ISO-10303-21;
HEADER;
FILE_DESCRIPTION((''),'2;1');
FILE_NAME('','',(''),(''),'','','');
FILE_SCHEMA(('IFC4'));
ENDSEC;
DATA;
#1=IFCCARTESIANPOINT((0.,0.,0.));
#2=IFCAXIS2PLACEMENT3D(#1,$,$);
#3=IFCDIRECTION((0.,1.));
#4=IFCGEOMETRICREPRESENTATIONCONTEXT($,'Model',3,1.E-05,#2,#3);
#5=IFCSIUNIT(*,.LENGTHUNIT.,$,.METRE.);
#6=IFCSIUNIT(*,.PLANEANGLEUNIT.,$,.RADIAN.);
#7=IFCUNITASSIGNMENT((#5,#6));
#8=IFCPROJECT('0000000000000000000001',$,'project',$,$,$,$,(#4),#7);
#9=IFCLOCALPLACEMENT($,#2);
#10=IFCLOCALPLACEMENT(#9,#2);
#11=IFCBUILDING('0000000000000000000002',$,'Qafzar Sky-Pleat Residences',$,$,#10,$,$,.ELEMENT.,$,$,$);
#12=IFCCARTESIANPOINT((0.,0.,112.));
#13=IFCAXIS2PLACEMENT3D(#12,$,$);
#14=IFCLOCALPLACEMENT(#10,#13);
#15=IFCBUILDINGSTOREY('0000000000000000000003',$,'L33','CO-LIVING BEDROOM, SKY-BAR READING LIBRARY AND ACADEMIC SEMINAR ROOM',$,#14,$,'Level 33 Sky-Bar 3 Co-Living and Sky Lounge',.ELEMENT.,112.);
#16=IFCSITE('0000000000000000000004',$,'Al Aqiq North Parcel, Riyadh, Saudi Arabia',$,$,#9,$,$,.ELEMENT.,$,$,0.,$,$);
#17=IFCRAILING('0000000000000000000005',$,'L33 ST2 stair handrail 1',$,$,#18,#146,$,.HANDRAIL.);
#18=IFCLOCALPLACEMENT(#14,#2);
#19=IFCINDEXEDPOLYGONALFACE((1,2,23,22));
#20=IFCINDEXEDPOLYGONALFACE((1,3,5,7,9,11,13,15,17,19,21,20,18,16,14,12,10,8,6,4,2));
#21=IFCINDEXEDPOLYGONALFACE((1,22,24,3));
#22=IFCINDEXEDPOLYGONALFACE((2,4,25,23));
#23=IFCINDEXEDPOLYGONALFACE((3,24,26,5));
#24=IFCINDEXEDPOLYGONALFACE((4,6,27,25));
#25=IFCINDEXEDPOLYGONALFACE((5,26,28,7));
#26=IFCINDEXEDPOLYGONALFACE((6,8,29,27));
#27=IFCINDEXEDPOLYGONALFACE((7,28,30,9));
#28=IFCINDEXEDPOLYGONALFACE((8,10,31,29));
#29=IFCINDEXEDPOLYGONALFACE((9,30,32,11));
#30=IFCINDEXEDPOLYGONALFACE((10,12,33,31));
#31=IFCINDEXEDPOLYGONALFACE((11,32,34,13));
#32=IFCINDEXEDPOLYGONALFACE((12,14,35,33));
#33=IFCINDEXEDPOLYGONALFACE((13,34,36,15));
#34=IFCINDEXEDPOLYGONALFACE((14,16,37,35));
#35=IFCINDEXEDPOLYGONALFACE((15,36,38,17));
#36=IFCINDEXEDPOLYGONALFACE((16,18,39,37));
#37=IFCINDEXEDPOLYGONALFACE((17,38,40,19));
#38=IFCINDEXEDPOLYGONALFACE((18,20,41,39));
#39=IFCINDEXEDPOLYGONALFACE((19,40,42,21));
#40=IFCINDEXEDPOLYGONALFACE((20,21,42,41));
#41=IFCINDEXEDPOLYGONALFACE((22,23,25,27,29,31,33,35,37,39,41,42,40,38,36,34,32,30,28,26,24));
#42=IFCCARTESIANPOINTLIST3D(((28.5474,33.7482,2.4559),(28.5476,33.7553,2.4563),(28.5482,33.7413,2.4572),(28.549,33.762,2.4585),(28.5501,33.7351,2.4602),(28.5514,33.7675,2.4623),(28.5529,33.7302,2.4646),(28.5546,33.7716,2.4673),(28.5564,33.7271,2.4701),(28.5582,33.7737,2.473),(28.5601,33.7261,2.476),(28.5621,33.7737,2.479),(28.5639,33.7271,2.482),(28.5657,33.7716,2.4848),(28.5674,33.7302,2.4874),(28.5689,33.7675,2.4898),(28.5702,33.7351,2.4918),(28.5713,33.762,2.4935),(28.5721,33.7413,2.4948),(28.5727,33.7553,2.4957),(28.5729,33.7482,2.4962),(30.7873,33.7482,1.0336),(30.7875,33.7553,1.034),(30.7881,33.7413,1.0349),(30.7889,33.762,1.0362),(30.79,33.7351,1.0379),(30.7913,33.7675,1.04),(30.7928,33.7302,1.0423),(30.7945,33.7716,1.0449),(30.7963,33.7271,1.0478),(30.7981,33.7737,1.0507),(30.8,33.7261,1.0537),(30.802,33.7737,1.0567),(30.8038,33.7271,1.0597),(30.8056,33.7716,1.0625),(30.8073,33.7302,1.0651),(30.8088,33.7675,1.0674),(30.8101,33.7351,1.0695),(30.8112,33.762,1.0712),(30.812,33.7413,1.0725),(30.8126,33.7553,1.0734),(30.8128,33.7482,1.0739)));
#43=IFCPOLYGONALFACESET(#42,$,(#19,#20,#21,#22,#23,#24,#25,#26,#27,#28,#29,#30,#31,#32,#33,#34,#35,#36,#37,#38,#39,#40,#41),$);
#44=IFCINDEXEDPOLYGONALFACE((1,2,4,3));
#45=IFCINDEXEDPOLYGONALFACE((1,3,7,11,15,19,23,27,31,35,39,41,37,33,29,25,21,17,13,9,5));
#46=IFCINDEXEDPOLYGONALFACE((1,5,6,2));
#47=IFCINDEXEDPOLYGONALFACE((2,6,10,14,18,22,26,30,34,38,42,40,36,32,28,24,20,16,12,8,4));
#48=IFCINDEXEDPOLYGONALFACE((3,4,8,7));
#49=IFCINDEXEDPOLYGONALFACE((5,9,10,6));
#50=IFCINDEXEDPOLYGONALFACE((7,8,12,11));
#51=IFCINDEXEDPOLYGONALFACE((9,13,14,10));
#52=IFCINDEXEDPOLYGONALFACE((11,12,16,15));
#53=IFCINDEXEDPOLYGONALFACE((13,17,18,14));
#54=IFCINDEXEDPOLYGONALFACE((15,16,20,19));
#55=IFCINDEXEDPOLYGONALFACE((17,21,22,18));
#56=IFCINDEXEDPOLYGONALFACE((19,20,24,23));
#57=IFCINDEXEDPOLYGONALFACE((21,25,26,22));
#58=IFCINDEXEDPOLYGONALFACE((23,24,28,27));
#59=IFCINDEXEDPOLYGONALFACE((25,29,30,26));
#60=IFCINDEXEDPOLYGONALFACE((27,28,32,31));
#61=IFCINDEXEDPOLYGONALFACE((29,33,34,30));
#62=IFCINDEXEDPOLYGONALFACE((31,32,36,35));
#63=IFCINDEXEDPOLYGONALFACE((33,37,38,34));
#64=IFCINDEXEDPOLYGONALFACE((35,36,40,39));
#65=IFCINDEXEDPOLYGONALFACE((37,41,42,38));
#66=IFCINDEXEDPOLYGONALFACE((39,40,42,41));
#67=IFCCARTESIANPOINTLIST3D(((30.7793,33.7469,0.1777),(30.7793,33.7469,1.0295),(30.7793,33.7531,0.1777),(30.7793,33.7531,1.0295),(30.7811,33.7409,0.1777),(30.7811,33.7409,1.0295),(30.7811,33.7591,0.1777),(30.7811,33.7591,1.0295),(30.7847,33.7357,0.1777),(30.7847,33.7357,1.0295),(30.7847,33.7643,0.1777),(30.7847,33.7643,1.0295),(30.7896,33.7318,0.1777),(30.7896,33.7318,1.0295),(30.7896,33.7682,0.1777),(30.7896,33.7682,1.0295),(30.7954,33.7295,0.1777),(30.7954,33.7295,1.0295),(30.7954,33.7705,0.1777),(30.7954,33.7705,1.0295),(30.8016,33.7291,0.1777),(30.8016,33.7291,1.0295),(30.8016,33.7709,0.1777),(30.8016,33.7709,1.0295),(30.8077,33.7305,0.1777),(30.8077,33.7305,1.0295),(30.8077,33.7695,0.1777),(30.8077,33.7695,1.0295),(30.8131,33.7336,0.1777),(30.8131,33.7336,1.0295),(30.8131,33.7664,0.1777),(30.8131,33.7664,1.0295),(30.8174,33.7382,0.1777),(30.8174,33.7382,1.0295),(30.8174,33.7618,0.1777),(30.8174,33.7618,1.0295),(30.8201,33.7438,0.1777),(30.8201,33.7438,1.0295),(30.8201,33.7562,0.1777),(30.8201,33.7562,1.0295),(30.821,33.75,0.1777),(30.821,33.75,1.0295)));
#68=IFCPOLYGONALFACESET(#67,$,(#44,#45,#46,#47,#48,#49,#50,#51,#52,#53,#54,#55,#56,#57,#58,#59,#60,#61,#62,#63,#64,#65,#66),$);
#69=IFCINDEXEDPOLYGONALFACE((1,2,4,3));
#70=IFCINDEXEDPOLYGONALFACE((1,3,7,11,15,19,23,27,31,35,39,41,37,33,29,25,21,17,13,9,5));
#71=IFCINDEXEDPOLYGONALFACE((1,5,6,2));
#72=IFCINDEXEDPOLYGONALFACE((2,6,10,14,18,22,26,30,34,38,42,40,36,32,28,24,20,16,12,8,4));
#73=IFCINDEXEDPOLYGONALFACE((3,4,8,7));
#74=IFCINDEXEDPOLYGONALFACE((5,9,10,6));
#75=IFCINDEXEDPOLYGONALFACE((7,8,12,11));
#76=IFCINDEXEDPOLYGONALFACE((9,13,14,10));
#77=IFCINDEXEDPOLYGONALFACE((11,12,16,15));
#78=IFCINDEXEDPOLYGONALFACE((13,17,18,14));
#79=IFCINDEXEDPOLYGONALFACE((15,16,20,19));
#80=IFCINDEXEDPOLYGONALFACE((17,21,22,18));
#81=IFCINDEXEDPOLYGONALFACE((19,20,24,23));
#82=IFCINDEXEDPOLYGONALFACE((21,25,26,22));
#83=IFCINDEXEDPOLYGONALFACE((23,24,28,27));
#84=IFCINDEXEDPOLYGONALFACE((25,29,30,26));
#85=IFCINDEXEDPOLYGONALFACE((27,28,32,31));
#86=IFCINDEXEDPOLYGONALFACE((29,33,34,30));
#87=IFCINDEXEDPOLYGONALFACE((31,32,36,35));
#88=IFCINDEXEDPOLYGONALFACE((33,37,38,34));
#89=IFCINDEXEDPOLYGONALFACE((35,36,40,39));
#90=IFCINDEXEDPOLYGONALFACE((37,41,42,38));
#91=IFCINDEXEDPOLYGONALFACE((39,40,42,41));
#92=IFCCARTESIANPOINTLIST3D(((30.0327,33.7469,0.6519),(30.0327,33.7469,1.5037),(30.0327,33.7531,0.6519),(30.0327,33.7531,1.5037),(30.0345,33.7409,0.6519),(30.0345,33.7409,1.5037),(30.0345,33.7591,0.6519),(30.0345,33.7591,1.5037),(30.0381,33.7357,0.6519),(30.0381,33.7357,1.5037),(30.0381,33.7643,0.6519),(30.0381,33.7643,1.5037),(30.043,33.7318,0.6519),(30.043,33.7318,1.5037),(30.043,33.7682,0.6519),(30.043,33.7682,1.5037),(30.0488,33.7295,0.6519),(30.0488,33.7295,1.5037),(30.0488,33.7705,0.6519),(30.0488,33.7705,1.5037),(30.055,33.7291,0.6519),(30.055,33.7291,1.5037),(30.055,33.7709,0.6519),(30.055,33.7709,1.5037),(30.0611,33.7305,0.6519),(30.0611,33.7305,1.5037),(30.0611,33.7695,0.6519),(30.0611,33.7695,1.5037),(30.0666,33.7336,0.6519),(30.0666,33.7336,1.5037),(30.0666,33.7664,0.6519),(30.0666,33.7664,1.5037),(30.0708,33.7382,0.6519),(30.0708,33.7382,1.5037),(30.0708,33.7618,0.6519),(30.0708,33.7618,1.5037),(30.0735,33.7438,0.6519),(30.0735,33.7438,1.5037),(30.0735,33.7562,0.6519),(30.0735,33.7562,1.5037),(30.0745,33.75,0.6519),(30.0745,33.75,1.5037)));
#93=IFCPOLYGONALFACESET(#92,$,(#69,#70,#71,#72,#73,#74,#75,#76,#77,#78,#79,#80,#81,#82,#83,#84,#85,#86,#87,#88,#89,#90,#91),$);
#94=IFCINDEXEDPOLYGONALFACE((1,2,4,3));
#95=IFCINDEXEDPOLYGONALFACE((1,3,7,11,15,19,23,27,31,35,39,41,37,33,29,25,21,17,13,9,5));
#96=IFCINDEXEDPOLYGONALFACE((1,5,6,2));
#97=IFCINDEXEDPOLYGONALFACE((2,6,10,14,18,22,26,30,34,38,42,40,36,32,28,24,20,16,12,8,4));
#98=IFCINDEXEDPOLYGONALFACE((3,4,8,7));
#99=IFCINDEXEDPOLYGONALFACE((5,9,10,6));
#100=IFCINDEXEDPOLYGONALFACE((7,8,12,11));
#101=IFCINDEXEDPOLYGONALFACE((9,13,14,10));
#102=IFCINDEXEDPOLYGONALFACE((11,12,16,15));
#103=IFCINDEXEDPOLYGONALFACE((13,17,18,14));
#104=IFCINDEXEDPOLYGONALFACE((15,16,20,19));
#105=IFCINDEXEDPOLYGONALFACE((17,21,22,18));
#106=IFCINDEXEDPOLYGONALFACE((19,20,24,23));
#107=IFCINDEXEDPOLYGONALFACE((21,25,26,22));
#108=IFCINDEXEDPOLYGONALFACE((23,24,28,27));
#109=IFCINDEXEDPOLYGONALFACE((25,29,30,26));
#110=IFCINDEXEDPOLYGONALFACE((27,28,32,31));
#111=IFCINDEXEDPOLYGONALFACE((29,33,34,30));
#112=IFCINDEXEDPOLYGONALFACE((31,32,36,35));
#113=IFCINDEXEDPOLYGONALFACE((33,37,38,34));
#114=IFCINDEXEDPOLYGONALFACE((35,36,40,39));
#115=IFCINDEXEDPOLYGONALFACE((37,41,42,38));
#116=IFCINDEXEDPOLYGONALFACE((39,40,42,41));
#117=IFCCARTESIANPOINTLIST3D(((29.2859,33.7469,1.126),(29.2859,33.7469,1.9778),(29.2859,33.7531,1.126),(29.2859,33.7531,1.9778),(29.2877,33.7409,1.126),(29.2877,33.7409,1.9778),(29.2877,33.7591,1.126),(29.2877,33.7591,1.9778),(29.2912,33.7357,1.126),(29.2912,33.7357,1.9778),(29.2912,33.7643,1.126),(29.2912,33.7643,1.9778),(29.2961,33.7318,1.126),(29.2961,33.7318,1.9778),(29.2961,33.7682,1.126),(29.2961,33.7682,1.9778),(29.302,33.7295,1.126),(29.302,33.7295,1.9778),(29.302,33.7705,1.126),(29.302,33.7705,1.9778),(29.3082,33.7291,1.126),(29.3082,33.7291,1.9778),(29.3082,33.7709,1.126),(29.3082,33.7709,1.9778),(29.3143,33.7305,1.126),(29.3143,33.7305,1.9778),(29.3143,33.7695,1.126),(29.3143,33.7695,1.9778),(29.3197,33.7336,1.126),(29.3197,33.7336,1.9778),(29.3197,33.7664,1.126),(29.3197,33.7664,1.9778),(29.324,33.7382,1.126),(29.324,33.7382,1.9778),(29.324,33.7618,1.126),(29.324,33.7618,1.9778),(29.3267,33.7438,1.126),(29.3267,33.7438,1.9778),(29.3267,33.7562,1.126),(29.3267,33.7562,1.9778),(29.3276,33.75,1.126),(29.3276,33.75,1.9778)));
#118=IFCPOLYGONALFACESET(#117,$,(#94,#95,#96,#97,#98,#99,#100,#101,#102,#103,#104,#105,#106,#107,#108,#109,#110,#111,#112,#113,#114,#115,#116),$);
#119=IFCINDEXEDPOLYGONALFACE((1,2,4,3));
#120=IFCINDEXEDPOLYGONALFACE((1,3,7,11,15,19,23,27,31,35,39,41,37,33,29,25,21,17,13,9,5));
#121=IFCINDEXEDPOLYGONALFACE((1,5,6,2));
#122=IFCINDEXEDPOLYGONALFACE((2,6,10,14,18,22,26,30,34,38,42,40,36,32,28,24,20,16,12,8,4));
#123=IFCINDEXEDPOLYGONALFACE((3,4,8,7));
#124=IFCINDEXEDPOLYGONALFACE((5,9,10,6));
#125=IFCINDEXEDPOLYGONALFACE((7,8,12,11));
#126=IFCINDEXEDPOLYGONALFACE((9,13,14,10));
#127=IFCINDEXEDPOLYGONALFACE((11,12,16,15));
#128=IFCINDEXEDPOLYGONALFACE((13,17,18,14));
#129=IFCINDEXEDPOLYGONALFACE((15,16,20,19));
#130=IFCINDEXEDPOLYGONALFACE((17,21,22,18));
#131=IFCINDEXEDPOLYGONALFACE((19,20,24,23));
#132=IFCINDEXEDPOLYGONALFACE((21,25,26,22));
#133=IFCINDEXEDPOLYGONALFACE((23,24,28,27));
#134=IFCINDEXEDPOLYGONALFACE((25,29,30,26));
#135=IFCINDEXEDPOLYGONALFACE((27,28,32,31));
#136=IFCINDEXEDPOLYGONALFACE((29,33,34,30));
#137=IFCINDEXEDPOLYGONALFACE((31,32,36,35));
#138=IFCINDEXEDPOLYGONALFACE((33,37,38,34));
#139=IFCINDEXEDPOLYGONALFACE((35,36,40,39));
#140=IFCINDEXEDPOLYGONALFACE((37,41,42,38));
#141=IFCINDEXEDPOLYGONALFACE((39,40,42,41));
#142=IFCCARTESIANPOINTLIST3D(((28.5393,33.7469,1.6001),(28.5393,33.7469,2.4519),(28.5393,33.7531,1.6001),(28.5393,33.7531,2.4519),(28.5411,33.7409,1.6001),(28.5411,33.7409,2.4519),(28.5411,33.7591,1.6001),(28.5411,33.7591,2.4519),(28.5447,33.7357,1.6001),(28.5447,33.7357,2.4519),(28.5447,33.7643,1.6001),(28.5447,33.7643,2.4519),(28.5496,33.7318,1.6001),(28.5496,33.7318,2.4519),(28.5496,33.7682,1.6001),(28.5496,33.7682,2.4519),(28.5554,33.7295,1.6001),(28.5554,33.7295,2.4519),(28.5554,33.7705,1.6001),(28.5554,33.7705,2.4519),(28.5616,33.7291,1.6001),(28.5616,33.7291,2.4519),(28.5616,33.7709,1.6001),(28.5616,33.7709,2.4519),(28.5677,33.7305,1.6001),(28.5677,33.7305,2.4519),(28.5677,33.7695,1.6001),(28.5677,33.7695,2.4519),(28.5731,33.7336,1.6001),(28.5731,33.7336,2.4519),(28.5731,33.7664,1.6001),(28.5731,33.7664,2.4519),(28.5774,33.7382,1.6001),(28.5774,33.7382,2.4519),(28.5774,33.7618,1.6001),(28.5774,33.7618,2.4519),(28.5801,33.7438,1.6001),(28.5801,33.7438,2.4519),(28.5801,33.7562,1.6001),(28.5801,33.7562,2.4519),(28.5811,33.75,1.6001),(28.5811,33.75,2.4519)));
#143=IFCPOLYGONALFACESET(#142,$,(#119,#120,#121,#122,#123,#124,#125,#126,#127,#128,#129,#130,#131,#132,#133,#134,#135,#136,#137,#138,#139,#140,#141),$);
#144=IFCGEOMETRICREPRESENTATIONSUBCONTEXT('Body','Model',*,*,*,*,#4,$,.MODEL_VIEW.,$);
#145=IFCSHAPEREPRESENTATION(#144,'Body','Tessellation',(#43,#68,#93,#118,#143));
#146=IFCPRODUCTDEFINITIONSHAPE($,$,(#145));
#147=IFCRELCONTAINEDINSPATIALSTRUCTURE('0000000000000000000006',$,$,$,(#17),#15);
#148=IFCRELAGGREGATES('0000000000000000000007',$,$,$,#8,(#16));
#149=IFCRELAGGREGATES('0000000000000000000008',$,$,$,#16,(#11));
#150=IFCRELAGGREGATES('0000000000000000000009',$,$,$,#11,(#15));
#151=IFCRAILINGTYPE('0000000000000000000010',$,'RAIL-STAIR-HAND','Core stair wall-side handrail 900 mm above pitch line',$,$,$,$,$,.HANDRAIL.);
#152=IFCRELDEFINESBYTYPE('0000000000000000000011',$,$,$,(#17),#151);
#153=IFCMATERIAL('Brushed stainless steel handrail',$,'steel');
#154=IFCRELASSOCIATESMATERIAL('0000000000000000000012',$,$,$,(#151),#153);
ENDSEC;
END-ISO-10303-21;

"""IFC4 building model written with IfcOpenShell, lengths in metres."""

from ifc_helpers import new_model, si_unit, direction, frame, origin, origin_2d, place, context, subcontext, project, spatial, circle, extrude, source, transform, mapped, material, type_object, element, save


model = new_model("IFC4")

# Units and contexts
model_context = context("Model", 3, precision=1e-05, world=origin(), true_north=direction((0.0, 1.0)))
body_context = subcontext(model_context, "Body", "Model", "MODEL_VIEW")
ifc_project = project(units=[si_unit("LENGTHUNIT", "METRE"), si_unit("PLANEANGLEUNIT", "RADIAN")], contexts=[model_context])

# Site, building, storey
site_placement = place(None, origin())
site = spatial("IfcSite", under=ifc_project, at=site_placement, Name="Al Aqiq North Parcel, Riyadh, Saudi Arabia", CompositionType="ELEMENT", RefElevation=0.0)
building_placement = place(site_placement, origin())
building = spatial("IfcBuilding", under=site, at=building_placement, Name="Qafzar Sky-Pleat Residences", CompositionType="ELEMENT")
storey_placement = place(building_placement, frame((0.0, 0.0, 112.0)))
storey = spatial("IfcBuildingStorey", under=building, at=storey_placement, Name="L33", Description="CO-LIVING BEDROOM, SKY-BAR READING LIBRARY AND ACADEMIC SEMINAR ROOM", LongName="Level 33 Sky-Bar 3 Co-Living and Sky Lounge", CompositionType="ELEMENT", Elevation=112.0)

# Railing
ifc_material_1 = material(Name="Brushed stainless steel handrail", Category="steel")
railing_type_1 = type_object("IfcRailingType", Name="RAIL-STAIR-HAND", Description="Core stair wall-side handrail 900 mm above pitch line", PredefinedType="HANDRAIL", material=ifc_material_1)
shared_shape_1 = source(origin(), body_context, "Body", "SweptSolid", [
    extrude(circle(Radius=0.0239, at=origin_2d()), frame((0.0, 0.0, 0.876), z_axis=(-0.844188, 0.0, 0.536048), x_axis=(0.0, -1.0, 0.0)), (0.0, 0.0, 1.0), 2.6533),
    extrude(circle(Radius=0.021, at=origin_2d()), origin(), (0.0, 0.0, 1.0), 0.8518),
    extrude(circle(Radius=0.021, at=origin_2d()), frame((-0.7466, 0.0, 0.4741)), (0.0, 0.0, 1.0), 0.8518),
    extrude(circle(Radius=0.021, at=origin_2d()), frame((-1.4934, 0.0, 0.9482)), (0.0, 0.0, 1.0), 0.8518),
    extrude(circle(Radius=0.021, at=origin_2d()), frame((-2.24, 0.0, 1.4224)), (0.0, 0.0, 1.0), 0.8518),
])
railing_1_placement = place(storey_placement, frame((30.8, 33.75, 0.1777)))
element("IfcRailing", 1, at=railing_1_placement, inside=storey, type_object=railing_type_1, Name="L33 ST2 stair handrail 1", PredefinedType="HANDRAIL", context=body_context, shape_type="MappedRepresentation", body=[
    mapped(shared_shape_1, transform((0.0, 0.0, 0.0), x_axis=(1.0, 0.0, 0.0), y_axis=(0.0, 1.0, 0.0), z_axis=(0.0, 0.0, 1.0), scale=1.0)),
])

save(model, "model.ifc")
